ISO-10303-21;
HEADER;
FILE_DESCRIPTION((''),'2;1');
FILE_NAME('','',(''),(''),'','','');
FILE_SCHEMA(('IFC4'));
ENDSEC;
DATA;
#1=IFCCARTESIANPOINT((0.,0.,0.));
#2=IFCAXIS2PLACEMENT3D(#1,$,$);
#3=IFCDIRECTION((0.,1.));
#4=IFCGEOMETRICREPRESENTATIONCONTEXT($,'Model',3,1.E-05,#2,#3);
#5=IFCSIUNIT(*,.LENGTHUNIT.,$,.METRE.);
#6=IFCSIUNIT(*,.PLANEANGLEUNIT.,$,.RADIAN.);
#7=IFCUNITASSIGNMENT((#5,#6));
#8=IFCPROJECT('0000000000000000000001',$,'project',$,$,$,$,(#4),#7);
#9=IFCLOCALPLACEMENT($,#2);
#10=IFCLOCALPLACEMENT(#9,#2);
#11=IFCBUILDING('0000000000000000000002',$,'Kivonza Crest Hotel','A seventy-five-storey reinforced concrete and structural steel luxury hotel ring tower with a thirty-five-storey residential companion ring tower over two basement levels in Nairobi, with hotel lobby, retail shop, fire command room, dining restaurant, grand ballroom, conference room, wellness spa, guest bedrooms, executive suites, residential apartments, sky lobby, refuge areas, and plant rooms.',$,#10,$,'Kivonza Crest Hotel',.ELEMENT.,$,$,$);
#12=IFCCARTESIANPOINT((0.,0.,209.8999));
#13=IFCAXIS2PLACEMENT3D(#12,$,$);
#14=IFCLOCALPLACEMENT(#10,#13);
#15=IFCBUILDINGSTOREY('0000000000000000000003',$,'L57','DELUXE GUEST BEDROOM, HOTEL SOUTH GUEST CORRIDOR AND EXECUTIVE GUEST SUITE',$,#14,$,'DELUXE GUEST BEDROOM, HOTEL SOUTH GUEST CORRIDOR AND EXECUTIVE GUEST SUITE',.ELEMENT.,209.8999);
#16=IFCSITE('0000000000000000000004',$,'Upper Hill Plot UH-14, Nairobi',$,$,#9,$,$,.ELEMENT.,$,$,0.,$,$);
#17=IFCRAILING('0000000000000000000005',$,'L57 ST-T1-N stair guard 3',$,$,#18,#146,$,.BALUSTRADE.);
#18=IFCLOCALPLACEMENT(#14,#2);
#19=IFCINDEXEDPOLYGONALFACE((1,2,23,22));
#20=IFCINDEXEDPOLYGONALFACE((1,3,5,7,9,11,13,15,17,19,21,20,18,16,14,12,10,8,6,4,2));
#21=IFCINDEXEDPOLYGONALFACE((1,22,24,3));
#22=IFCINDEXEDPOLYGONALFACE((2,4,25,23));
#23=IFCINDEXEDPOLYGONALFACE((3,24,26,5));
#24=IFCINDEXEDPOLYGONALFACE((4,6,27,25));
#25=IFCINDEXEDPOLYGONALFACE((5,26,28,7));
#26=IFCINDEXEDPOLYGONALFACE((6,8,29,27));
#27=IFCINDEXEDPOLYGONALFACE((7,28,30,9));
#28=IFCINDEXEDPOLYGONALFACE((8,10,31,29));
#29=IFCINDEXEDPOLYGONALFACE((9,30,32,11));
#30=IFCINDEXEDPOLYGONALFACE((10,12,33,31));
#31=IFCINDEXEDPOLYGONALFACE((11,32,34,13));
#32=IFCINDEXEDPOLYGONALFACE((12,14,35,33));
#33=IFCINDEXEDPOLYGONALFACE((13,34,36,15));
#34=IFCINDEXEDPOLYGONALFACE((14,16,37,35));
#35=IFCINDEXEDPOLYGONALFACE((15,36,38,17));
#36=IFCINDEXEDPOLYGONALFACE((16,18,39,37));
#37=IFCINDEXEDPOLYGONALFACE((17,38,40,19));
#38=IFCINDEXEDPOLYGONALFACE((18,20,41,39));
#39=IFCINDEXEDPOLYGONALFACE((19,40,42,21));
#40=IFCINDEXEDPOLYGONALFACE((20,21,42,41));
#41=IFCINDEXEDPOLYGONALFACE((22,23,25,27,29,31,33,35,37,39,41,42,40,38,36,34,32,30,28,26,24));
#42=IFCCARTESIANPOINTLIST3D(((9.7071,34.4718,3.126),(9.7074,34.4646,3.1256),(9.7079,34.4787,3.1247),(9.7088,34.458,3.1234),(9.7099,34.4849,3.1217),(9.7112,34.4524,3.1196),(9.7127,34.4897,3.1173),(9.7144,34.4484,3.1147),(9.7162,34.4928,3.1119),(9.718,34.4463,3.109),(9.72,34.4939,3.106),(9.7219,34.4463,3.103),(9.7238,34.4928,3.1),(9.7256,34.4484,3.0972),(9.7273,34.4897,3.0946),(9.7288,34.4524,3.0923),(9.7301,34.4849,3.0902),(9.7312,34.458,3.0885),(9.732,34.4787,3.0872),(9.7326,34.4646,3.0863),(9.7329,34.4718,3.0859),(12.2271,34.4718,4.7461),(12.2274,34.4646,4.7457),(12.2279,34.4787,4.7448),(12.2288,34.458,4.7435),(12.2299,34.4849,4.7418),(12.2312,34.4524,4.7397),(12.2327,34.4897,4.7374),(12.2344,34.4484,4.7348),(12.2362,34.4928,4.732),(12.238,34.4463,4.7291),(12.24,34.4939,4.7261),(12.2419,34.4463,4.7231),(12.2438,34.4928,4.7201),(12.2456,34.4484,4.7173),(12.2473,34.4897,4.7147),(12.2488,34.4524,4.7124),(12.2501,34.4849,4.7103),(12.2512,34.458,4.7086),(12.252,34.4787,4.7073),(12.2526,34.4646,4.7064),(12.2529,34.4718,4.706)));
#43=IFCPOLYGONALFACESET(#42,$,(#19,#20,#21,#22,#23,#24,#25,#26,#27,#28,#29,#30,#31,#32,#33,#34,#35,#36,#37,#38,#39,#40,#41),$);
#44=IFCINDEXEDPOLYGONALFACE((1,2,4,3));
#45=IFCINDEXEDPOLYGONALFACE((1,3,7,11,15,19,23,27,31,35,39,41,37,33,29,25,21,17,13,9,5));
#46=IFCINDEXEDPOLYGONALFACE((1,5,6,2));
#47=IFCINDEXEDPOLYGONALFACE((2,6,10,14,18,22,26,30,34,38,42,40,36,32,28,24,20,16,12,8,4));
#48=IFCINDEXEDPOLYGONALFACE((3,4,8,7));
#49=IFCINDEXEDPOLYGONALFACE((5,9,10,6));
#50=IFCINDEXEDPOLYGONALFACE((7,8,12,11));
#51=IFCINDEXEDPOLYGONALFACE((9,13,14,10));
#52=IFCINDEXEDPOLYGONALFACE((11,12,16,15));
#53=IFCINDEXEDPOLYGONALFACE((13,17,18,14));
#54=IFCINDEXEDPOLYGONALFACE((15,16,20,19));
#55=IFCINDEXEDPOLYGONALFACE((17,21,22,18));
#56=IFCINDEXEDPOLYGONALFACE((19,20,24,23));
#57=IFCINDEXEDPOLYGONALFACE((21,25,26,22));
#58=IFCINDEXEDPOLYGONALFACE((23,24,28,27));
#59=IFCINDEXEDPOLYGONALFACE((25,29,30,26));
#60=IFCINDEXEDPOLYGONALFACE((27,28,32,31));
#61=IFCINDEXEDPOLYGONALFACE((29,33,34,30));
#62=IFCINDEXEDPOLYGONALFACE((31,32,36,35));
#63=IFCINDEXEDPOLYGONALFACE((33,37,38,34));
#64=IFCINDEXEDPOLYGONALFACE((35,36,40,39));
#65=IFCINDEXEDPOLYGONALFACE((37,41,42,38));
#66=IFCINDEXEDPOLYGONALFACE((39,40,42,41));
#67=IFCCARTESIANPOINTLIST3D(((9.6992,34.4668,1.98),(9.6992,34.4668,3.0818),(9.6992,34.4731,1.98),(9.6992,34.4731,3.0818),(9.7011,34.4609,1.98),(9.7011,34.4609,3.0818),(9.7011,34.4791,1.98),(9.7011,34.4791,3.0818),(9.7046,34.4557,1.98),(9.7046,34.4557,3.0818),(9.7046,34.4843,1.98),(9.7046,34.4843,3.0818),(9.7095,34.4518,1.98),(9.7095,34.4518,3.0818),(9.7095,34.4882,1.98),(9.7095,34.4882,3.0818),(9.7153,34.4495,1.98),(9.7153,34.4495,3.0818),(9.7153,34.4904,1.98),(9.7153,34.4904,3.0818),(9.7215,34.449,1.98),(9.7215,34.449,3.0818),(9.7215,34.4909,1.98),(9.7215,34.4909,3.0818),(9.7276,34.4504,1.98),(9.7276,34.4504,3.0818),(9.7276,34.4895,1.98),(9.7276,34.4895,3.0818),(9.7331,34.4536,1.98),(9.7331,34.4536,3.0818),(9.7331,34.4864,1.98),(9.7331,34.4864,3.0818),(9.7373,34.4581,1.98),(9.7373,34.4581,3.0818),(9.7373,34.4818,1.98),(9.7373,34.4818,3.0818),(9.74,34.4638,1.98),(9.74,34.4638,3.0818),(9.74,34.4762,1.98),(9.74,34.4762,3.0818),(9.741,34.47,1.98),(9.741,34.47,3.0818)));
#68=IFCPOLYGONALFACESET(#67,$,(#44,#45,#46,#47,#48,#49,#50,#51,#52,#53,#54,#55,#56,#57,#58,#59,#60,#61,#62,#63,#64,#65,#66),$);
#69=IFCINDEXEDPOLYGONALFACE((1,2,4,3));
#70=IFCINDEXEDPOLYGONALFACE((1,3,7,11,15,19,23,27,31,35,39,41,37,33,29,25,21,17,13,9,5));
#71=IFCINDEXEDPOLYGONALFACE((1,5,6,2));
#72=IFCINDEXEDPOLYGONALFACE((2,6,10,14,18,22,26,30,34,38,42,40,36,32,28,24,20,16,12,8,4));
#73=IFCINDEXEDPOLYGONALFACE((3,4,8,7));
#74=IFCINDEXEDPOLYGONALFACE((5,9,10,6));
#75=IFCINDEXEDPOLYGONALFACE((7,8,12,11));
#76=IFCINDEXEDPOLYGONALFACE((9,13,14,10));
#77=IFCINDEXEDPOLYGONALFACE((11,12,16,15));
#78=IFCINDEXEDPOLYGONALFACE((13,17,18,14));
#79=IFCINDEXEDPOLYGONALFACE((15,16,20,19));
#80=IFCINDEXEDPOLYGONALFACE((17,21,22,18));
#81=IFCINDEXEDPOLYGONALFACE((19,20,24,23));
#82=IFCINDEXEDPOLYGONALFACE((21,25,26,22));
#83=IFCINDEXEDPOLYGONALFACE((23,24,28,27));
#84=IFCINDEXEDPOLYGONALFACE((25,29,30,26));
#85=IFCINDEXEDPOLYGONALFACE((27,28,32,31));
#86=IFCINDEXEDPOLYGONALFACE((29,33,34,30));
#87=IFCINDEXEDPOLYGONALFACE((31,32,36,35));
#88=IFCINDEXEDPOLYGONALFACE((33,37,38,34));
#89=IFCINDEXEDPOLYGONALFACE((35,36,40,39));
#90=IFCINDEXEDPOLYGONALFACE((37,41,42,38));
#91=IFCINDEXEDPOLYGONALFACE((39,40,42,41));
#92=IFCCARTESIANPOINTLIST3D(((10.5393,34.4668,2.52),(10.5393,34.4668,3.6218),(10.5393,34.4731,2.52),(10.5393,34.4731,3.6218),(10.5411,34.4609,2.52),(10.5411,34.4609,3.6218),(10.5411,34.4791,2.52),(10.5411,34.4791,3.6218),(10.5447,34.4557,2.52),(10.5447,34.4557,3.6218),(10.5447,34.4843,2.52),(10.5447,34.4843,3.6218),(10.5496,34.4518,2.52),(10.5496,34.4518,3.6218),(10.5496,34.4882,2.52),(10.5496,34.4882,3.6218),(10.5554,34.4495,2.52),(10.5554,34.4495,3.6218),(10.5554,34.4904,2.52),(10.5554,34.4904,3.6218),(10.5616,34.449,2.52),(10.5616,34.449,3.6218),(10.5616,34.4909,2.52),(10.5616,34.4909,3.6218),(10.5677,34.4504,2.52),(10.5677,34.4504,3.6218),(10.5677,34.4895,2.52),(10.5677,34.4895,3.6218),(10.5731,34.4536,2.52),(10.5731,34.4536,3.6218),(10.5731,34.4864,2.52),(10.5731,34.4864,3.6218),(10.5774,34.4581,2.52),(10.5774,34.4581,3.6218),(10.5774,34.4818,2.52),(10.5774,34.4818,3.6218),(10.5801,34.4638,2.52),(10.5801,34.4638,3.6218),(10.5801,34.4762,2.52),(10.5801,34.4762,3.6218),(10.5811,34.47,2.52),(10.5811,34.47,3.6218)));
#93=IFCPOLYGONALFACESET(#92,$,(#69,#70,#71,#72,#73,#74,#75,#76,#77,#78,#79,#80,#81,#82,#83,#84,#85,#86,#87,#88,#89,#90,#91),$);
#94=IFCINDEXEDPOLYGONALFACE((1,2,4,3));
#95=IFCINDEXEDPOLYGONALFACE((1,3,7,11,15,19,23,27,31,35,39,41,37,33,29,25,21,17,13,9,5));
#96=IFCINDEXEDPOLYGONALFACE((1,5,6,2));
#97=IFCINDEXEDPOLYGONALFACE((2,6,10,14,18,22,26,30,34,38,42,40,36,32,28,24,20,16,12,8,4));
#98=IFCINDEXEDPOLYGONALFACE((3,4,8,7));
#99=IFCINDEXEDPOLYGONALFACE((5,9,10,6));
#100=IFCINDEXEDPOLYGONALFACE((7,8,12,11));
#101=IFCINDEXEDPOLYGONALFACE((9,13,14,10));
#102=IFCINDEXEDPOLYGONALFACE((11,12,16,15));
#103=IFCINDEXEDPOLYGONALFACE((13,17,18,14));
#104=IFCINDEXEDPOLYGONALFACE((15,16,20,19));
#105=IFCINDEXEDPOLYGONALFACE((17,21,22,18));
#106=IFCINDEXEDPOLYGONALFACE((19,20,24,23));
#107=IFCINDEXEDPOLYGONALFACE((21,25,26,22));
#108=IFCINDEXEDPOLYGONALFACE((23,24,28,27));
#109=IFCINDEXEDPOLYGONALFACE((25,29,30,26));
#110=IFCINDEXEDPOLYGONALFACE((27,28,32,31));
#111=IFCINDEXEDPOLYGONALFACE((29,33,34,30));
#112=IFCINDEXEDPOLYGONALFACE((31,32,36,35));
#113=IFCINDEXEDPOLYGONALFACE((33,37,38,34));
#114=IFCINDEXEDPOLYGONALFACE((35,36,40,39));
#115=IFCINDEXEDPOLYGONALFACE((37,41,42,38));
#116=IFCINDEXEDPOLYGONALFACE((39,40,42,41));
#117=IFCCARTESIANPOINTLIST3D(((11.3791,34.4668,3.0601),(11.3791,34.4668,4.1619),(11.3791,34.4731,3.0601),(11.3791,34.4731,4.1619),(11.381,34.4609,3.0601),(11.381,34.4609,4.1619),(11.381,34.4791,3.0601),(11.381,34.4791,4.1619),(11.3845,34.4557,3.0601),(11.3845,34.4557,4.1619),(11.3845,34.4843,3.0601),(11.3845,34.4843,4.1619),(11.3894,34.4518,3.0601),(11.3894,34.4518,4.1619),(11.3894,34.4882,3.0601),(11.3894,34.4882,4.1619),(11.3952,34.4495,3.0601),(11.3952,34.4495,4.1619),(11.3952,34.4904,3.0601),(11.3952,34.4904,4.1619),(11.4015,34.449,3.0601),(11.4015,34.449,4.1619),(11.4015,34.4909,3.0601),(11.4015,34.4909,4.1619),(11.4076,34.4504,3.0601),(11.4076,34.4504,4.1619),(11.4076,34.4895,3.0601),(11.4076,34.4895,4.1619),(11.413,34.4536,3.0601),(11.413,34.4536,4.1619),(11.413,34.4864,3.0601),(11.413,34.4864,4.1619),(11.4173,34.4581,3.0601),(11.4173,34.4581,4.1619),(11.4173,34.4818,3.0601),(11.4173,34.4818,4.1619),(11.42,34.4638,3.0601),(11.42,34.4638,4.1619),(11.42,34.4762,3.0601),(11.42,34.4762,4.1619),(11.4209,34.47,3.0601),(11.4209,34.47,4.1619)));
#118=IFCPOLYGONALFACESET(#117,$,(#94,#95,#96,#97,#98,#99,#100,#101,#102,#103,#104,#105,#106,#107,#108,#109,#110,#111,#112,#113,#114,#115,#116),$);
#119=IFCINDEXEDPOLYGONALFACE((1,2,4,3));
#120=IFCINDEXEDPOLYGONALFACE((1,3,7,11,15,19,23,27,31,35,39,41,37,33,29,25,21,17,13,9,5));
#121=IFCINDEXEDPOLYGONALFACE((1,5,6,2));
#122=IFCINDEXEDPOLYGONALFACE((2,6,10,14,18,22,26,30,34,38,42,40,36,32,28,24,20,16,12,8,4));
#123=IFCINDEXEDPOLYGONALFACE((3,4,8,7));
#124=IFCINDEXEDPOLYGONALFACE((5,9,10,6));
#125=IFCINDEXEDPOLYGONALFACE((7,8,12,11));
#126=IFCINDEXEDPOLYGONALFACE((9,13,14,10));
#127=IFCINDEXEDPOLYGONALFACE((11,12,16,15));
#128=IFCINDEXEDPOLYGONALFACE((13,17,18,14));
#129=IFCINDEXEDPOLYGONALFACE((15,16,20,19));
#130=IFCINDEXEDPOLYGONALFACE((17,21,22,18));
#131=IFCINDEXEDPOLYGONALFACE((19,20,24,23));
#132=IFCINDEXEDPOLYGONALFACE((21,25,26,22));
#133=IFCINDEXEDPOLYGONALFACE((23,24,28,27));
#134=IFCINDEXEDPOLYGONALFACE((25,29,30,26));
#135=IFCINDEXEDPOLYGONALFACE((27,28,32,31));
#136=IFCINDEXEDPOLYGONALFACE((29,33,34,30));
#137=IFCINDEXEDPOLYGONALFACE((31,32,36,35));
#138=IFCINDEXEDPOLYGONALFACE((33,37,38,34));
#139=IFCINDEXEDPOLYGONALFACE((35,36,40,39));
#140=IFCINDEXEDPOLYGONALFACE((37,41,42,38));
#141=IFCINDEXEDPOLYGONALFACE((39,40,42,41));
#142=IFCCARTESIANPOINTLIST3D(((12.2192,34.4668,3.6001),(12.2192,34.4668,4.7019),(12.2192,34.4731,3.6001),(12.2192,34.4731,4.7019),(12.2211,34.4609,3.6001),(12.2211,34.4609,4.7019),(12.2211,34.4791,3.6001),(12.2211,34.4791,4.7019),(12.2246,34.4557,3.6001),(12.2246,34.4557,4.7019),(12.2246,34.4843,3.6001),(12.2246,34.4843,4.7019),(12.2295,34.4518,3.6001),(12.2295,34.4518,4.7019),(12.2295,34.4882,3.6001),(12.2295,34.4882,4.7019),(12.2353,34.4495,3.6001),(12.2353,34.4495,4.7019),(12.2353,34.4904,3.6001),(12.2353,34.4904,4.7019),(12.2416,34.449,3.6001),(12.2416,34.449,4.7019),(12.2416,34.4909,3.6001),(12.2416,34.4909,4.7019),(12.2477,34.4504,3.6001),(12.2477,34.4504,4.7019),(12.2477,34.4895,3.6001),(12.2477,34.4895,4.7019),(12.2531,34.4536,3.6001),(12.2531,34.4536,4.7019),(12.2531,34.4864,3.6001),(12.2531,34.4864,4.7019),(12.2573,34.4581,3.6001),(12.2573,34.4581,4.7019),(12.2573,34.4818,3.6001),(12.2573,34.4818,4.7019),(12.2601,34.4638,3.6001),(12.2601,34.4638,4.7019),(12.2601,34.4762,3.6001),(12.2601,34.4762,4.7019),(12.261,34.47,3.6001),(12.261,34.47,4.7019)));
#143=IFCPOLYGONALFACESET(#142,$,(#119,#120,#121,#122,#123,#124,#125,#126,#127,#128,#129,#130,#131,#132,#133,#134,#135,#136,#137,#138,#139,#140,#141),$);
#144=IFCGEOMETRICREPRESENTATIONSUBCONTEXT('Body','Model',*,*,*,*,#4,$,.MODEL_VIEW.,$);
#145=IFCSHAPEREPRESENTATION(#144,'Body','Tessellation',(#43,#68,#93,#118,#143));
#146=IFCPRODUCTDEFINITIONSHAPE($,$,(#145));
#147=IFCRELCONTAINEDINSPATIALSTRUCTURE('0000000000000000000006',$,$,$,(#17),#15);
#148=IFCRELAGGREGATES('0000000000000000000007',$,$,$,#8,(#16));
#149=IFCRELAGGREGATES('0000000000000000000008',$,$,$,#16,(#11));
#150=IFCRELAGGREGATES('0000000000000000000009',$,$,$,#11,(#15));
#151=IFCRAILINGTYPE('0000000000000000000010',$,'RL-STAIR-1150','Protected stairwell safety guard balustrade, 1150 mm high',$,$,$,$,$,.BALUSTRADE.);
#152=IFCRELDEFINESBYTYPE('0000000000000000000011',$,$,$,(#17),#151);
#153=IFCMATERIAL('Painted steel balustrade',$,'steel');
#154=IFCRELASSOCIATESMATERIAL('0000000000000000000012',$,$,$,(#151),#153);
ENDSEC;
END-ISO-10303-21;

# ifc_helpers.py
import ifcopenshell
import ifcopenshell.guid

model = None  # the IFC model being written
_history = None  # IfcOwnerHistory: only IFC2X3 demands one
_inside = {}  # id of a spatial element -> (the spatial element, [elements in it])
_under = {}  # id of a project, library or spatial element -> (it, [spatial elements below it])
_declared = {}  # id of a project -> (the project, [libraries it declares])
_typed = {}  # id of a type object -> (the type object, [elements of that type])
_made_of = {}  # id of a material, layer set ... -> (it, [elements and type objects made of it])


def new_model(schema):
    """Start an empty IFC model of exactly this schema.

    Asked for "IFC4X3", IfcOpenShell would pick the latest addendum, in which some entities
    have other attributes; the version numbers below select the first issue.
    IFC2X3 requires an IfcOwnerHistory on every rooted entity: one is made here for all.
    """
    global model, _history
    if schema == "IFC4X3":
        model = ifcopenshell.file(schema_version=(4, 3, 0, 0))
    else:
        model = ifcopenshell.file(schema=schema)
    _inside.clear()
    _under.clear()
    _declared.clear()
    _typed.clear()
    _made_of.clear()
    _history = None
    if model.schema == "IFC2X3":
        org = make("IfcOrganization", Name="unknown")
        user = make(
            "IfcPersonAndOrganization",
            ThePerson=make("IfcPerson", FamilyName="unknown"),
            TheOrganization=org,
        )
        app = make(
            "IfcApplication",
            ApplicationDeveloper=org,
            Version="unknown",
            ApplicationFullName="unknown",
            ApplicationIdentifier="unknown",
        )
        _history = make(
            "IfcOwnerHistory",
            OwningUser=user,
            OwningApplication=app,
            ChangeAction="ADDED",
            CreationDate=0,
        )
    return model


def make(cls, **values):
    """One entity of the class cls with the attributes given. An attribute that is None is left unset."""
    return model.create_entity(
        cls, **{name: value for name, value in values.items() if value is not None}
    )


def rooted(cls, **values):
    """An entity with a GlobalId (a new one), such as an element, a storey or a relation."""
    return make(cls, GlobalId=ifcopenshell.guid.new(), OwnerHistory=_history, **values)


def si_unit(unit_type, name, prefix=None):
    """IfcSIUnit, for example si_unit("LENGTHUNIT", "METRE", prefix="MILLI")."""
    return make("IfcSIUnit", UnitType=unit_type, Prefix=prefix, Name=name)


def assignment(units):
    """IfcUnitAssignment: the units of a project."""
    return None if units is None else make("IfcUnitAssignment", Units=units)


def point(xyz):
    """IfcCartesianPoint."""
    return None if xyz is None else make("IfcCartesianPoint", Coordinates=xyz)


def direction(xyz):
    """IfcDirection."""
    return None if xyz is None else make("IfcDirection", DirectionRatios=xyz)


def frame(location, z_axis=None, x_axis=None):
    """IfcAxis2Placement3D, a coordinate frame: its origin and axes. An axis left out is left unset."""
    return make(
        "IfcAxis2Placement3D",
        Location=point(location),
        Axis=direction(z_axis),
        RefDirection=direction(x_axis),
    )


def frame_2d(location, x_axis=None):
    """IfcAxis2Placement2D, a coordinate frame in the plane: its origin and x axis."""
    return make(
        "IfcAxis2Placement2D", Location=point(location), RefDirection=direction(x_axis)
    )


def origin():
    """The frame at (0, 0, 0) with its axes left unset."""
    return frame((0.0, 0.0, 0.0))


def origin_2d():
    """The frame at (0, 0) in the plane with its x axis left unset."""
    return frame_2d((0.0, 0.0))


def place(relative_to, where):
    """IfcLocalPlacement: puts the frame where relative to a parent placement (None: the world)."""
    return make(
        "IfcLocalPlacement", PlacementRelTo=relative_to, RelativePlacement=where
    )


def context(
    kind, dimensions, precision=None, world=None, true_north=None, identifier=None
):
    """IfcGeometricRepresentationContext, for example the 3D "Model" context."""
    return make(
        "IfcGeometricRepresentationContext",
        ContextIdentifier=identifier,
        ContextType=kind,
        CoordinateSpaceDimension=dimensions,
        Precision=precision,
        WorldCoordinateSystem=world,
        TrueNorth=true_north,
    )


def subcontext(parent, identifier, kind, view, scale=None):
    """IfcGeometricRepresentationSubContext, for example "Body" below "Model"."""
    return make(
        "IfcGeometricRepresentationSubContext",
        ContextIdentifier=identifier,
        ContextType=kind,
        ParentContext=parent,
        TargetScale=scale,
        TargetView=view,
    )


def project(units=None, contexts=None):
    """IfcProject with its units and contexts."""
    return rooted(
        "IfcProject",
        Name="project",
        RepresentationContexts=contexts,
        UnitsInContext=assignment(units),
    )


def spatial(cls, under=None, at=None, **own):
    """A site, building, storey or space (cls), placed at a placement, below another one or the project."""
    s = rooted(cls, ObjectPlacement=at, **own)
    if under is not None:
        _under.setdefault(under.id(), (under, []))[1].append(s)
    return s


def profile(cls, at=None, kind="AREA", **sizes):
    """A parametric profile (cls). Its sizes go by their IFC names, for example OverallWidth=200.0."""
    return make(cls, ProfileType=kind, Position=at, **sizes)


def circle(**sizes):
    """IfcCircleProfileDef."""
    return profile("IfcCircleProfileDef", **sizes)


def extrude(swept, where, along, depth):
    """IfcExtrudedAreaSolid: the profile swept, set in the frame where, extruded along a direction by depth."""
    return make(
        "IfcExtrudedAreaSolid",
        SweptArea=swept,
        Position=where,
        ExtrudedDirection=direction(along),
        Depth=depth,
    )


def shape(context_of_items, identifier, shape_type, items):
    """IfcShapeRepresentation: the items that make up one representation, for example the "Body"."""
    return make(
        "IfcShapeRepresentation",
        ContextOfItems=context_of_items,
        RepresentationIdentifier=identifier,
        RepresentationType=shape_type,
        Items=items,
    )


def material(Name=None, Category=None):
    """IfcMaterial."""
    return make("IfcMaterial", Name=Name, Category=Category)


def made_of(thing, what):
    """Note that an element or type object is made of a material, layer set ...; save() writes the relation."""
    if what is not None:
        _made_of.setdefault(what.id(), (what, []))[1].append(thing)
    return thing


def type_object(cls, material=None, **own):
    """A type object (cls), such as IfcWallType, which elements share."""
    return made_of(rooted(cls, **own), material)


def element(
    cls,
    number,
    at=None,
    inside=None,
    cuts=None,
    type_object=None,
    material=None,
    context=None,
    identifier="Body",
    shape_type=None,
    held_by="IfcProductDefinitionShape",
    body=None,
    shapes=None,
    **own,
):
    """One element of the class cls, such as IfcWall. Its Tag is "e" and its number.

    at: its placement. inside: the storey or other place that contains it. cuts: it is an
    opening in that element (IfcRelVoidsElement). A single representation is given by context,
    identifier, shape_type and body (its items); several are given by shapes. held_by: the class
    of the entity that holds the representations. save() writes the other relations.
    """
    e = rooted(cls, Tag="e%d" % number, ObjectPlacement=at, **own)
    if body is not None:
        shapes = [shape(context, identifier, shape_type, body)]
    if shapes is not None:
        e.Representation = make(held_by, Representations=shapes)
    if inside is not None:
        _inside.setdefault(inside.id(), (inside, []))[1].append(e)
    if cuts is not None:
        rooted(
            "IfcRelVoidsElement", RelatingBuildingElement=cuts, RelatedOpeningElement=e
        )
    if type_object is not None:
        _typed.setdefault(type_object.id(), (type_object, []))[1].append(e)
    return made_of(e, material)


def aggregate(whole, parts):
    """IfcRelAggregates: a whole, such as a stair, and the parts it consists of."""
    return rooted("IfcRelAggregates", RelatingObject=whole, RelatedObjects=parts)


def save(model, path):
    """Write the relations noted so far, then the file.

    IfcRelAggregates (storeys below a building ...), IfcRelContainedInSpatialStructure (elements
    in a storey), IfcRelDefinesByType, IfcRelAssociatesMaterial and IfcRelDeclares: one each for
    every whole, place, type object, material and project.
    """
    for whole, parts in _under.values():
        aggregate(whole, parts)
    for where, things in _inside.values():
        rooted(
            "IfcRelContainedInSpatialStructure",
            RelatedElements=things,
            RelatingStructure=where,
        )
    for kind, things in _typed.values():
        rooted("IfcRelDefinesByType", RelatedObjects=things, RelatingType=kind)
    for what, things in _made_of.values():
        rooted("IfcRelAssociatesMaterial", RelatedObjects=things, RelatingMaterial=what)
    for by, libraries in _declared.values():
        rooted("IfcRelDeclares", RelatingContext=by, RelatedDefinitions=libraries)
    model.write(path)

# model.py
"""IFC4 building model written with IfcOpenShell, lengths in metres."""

from ifc_helpers import new_model, si_unit, direction, frame, origin, origin_2d, place, context, subcontext, project, spatial, circle, extrude, material, type_object, element, save


model = new_model("IFC4")

# Units and contexts
model_context = context("Model", 3, precision=1e-05, world=origin(), true_north=direction((0.0, 1.0)))
body_context = subcontext(model_context, "Body", "Model", "MODEL_VIEW")
ifc_project = project(units=[si_unit("LENGTHUNIT", "METRE"), si_unit("PLANEANGLEUNIT", "RADIAN")], contexts=[model_context])

# Site, building, storey
site_placement = place(None, origin())
site = spatial("IfcSite", under=ifc_project, at=site_placement, Name="Upper Hill Plot UH-14, Nairobi", CompositionType="ELEMENT", RefElevation=0.0)
building_placement = place(site_placement, origin())
building = spatial("IfcBuilding", under=site, at=building_placement, Name="Kivonza Crest Hotel", Description="A seventy-five-storey reinforced concrete and structural steel luxury hotel ring tower with a thirty-five-storey residential companion ring tower over two basement levels in Nairobi, with hotel lobby, retail shop, fire command room, dining restaurant, grand ballroom, conference room, wellness spa, guest bedrooms, executive suites, residential apartments, sky lobby, refuge areas, and plant rooms.", LongName="Kivonza Crest Hotel", CompositionType="ELEMENT")
storey_placement = place(building_placement, frame((0.0, 0.0, 209.8999)))
storey = spatial("IfcBuildingStorey", under=building, at=storey_placement, Name="L57", Description="DELUXE GUEST BEDROOM, HOTEL SOUTH GUEST CORRIDOR AND EXECUTIVE GUEST SUITE", LongName="DELUXE GUEST BEDROOM, HOTEL SOUTH GUEST CORRIDOR AND EXECUTIVE GUEST SUITE", CompositionType="ELEMENT", Elevation=209.8999)

# Railing
ifc_material_1 = material(Name="Painted steel balustrade", Category="steel")
railing_type_1 = type_object("IfcRailingType", Name="RL-STAIR-1150", Description="Protected stairwell safety guard balustrade, 1150 mm high", PredefinedType="BALUSTRADE", material=ifc_material_1)
railing_1_placement = place(storey_placement, frame((9.72, 34.47, 1.98)))
element("IfcRailing", 1, at=railing_1_placement, inside=storey, type_object=railing_type_1, Name="L57 ST-T1-N stair guard 3", PredefinedType="BALUSTRADE", context=body_context, shape_type="SweptSolid", body=[
    extrude(circle(Radius=0.0239, at=origin_2d()), frame((0.0, 0.0, 1.126), z_axis=(0.841163, 0.0, 0.540782), x_axis=(0.0, 1.0, 0.0)), (0.0, 0.0, 1.0), 2.9958),
    extrude(circle(Radius=0.021, at=origin_2d()), origin(), (0.0, 0.0, 1.0), 1.1018),
    extrude(circle(Radius=0.021, at=origin_2d()), frame((0.8401, 0.0, 0.54)), (0.0, 0.0, 1.0), 1.1018),
    extrude(circle(Radius=0.021, at=origin_2d()), frame((1.6799, 0.0, 1.0801)), (0.0, 0.0, 1.0), 1.1018),
    extrude(circle(Radius=0.021, at=origin_2d()), frame((2.52, 0.0, 1.6201)), (0.0, 0.0, 1.0), 1.1018),
])

save(model, "model.ifc")
